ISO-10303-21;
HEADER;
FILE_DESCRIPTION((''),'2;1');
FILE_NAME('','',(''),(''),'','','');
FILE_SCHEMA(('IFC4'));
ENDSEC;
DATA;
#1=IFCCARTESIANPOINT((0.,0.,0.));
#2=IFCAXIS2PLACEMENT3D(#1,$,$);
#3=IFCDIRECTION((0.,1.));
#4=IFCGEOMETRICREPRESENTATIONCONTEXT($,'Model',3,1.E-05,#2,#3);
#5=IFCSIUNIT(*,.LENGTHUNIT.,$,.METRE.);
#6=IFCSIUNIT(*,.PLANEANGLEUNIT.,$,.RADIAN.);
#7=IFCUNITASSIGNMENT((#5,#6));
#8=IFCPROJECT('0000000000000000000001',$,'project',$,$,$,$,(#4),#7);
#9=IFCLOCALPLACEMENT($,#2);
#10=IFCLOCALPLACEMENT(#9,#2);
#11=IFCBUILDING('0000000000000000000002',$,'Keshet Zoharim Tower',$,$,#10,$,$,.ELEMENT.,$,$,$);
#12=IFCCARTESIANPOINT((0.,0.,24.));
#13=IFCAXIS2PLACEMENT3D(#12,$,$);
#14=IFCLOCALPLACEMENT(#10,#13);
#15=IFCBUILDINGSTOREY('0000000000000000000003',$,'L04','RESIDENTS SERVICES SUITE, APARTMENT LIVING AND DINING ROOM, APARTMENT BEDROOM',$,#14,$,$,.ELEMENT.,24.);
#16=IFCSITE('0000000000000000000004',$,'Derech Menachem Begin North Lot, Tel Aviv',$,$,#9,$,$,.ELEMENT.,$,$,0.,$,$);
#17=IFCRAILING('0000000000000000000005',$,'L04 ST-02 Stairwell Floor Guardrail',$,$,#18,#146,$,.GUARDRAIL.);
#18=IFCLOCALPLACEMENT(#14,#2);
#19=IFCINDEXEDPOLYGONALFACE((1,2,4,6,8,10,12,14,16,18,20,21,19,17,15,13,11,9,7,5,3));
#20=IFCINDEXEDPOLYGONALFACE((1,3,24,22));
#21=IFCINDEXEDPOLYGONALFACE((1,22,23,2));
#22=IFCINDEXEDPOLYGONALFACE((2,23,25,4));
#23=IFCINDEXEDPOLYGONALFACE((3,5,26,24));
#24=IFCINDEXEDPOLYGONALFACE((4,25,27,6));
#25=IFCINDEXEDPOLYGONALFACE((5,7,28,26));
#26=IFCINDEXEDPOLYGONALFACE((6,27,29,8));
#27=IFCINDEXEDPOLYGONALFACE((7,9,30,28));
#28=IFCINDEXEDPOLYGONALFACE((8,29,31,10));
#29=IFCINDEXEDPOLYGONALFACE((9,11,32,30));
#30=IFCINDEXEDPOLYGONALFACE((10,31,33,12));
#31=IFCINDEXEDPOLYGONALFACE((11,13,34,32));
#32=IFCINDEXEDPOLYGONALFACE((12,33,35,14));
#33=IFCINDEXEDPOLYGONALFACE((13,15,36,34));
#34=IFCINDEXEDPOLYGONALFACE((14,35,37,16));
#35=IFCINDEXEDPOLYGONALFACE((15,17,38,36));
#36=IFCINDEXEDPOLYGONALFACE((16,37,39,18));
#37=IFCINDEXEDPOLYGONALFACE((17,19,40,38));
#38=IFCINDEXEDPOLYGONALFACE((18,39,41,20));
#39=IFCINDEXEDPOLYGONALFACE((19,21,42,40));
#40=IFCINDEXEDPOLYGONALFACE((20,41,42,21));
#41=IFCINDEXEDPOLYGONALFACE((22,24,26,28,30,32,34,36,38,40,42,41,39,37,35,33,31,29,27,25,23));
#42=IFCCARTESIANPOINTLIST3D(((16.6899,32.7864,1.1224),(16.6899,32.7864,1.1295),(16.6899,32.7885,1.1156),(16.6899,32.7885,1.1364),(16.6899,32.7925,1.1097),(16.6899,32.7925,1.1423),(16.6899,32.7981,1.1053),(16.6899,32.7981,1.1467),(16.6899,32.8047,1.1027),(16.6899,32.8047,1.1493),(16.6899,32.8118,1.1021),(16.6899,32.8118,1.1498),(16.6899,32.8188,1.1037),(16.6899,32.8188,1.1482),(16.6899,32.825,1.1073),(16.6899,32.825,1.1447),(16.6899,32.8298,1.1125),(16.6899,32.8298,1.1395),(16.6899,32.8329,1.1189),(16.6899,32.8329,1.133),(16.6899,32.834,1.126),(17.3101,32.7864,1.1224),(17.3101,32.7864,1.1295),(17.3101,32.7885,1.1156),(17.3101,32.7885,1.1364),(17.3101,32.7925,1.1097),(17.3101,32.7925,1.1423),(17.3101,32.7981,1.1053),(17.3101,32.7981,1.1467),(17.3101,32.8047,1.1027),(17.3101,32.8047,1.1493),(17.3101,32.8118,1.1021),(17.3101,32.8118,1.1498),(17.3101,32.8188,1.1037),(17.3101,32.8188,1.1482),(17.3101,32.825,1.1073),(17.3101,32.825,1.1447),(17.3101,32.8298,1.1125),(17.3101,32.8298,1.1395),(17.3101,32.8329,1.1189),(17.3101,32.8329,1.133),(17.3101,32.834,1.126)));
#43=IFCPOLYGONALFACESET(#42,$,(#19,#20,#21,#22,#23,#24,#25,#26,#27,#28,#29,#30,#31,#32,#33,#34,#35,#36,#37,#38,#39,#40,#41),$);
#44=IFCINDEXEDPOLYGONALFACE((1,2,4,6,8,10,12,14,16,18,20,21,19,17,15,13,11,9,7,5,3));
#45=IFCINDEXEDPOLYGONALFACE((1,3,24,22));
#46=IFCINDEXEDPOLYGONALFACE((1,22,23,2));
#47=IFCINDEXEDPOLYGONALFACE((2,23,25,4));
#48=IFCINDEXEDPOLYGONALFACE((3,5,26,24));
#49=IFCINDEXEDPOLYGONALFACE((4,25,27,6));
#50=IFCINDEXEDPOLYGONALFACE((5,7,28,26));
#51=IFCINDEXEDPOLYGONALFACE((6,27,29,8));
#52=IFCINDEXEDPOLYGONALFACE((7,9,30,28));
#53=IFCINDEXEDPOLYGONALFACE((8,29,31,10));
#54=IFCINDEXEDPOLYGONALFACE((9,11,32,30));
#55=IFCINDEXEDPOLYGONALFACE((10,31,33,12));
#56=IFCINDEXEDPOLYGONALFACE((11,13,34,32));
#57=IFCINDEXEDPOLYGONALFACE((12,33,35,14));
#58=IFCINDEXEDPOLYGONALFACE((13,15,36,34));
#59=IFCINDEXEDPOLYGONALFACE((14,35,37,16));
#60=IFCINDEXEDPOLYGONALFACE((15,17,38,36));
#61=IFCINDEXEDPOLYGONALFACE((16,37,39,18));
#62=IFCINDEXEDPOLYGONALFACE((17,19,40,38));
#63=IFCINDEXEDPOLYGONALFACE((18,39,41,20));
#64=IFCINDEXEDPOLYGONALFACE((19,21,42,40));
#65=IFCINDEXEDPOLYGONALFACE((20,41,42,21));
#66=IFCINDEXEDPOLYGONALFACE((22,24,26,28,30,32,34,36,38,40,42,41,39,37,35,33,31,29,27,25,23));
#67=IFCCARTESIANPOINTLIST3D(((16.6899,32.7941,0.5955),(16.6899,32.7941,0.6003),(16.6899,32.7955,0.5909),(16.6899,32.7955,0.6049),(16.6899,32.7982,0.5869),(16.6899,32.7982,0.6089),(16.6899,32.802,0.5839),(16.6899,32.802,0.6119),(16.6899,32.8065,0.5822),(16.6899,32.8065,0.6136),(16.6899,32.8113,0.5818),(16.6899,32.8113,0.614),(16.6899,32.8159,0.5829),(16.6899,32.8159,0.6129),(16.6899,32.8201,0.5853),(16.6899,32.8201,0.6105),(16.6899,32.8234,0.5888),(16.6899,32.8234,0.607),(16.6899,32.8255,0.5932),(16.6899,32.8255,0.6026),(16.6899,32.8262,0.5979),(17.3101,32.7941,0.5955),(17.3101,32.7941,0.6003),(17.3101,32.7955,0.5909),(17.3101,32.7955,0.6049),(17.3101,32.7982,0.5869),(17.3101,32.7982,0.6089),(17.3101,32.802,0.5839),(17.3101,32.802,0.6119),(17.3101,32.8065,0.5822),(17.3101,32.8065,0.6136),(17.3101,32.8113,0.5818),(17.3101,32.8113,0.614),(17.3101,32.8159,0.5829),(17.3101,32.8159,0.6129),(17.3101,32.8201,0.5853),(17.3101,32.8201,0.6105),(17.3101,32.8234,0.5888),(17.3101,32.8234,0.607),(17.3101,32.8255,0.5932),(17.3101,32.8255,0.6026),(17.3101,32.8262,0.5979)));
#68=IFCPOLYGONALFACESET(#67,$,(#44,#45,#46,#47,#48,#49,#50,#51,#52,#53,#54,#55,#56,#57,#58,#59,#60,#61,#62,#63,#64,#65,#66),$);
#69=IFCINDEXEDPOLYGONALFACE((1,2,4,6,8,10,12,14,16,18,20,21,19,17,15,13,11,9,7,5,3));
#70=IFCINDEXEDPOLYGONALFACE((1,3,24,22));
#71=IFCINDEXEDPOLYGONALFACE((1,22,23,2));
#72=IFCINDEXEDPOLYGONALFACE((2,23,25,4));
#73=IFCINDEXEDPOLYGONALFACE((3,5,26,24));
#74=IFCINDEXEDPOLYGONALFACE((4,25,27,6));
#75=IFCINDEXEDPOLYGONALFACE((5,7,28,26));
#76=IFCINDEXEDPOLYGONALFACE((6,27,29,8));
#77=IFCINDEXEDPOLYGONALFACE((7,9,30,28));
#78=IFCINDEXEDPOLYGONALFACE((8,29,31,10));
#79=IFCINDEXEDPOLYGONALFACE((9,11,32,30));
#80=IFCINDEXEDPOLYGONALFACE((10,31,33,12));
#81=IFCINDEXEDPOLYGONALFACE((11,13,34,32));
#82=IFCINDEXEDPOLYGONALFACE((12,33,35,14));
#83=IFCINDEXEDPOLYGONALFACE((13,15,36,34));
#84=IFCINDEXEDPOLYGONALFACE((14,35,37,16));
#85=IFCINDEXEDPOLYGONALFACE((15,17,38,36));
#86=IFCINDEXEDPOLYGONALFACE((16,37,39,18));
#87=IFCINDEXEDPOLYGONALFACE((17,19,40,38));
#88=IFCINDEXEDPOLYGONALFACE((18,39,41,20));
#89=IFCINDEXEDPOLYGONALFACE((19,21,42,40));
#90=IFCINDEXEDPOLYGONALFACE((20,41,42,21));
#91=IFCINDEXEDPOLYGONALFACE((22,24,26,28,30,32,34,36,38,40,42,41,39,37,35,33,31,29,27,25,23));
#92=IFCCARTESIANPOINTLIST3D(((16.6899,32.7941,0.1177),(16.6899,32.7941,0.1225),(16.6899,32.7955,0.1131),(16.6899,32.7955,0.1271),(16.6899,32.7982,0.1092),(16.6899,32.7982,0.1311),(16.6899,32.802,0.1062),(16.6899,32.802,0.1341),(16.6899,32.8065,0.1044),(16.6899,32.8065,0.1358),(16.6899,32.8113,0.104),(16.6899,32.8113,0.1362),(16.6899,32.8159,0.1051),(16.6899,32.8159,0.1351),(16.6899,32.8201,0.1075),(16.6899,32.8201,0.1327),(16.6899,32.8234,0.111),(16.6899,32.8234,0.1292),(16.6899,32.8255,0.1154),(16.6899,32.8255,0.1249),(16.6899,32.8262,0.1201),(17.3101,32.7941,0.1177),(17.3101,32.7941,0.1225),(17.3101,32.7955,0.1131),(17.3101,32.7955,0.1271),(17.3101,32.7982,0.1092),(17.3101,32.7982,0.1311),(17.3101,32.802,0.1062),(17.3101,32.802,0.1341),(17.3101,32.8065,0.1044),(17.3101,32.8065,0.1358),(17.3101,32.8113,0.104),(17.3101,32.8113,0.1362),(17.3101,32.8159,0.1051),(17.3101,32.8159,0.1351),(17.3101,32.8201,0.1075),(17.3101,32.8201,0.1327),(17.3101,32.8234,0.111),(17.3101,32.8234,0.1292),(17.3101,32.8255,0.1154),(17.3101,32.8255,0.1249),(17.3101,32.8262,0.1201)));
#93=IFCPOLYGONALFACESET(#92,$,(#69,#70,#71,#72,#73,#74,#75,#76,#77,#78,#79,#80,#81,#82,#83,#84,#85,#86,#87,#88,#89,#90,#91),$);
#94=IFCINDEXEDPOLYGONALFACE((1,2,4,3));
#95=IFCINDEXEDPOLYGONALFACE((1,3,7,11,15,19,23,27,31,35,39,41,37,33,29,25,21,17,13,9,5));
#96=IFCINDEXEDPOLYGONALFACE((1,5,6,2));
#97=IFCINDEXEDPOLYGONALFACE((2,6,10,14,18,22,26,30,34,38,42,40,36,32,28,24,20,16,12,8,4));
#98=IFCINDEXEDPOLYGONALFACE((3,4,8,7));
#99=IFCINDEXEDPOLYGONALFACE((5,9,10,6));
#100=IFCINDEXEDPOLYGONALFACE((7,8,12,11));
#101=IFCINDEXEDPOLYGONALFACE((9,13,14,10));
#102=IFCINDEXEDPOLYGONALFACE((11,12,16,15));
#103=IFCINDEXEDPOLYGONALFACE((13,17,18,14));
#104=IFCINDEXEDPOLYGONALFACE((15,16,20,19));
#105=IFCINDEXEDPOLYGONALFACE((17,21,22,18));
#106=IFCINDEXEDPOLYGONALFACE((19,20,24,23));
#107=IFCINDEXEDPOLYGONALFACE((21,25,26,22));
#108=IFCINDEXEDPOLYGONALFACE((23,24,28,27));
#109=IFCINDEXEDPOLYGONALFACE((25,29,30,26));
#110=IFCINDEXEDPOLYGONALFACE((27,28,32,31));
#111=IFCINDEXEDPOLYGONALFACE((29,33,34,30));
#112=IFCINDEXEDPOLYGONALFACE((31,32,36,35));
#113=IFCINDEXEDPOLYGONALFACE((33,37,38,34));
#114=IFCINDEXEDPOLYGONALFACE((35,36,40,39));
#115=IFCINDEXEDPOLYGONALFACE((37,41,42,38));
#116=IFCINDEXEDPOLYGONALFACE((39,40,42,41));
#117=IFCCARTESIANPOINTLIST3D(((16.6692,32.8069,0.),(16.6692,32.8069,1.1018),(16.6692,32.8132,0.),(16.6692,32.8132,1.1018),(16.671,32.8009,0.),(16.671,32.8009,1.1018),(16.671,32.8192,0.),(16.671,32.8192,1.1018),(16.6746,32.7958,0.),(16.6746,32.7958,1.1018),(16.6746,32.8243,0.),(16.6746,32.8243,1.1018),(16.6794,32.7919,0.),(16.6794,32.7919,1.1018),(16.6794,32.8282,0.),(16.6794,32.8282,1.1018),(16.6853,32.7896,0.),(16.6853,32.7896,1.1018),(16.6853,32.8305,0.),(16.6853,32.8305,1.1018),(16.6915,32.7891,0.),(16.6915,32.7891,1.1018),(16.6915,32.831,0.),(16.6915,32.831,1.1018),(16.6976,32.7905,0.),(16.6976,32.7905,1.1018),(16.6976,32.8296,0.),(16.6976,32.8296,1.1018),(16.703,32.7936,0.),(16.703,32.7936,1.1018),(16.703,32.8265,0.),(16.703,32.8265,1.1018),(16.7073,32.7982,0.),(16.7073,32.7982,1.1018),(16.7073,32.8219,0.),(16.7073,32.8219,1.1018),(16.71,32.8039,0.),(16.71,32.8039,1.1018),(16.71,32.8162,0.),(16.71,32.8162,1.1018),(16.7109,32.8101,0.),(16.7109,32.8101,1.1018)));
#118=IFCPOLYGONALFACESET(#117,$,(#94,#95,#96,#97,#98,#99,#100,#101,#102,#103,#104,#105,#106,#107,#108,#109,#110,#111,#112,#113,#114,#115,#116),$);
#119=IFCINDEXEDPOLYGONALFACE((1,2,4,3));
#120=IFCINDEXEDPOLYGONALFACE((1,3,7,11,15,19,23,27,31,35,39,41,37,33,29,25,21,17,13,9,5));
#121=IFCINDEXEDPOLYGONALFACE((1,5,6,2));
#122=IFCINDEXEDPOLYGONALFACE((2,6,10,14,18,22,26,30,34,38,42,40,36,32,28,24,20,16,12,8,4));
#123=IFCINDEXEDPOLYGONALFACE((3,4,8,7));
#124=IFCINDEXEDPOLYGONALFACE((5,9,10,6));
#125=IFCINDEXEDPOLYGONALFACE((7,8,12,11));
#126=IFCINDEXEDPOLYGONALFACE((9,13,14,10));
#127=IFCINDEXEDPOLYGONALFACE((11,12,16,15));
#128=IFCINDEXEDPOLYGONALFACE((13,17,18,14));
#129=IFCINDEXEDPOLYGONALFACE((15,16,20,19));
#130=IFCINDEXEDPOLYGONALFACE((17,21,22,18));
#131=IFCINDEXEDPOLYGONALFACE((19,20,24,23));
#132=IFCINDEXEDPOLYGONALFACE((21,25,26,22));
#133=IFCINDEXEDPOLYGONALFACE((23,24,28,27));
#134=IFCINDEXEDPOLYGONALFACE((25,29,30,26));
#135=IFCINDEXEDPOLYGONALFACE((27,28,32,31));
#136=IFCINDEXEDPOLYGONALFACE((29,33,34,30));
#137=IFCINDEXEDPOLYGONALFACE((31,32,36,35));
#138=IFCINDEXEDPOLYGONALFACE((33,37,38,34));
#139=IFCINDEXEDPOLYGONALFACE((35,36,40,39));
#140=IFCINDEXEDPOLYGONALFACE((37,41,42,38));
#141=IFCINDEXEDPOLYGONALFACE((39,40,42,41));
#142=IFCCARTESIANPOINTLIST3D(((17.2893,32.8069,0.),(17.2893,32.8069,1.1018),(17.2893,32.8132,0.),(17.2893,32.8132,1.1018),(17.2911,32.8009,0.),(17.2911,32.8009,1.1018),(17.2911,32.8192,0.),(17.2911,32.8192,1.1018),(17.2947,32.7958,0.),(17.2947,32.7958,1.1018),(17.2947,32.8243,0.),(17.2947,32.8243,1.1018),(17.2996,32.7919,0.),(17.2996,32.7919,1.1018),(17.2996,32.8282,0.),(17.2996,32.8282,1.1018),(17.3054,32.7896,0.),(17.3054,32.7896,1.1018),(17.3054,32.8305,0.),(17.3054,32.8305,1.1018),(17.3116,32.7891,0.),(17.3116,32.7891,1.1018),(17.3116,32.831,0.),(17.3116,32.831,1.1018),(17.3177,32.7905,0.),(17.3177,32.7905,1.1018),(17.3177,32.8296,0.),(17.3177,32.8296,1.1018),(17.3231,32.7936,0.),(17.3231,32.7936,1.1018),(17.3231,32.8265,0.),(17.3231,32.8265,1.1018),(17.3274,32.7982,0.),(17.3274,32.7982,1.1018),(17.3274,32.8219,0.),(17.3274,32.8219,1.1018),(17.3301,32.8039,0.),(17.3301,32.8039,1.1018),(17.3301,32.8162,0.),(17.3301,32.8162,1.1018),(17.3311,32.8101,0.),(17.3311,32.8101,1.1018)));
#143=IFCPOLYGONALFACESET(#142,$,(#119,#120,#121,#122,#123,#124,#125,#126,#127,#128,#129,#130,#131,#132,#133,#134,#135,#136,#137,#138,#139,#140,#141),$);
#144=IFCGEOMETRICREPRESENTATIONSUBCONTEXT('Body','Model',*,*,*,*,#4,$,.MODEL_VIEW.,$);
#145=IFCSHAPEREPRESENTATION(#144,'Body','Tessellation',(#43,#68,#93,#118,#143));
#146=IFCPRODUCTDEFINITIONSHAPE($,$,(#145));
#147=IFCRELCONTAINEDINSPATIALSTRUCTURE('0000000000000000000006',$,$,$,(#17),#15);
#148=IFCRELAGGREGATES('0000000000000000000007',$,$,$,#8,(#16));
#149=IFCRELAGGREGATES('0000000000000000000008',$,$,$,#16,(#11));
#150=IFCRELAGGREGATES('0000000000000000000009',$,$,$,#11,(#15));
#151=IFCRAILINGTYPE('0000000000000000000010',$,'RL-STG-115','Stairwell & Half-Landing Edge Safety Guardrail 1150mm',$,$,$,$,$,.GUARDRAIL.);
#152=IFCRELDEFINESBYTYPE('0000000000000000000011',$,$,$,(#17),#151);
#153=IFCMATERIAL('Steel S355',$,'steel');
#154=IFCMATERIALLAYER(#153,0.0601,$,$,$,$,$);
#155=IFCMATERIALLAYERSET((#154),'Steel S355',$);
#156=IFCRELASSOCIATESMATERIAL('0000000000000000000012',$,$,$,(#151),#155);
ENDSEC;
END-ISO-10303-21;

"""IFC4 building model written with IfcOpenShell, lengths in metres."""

from ifc_helpers import new_model, si_unit, direction, frame, origin, origin_2d, place, context, subcontext, project, spatial, circle, extrude, material, layer, layer_set, type_object, element, save


model = new_model("IFC4")

# Units and contexts
model_context = context("Model", 3, precision=1e-05, world=origin(), true_north=direction((0.0, 1.0)))
body_context = subcontext(model_context, "Body", "Model", "MODEL_VIEW")
ifc_project = project(units=[si_unit("LENGTHUNIT", "METRE"), si_unit("PLANEANGLEUNIT", "RADIAN")], contexts=[model_context])

# Site, building, storey
site_placement = place(None, origin())
site = spatial("IfcSite", under=ifc_project, at=site_placement, Name="Derech Menachem Begin North Lot, Tel Aviv", CompositionType="ELEMENT", RefElevation=0.0)
building_placement = place(site_placement, origin())
building = spatial("IfcBuilding", under=site, at=building_placement, Name="Keshet Zoharim Tower", CompositionType="ELEMENT")
storey_placement = place(building_placement, frame((0.0, 0.0, 24.0)))
storey = spatial("IfcBuildingStorey", under=building, at=storey_placement, Name="L04", Description="RESIDENTS SERVICES SUITE, APARTMENT LIVING AND DINING ROOM, APARTMENT BEDROOM", CompositionType="ELEMENT", Elevation=24.0)

# Shared definitions
ifc_material_1 = material(Name="Steel S355", Category="steel")

# Railing
ifc_layer_1 = layer(ifc_material_1, 0.0601)
ifc_layer_set_1 = layer_set([ifc_layer_1], Name="Steel S355")
railing_type_1 = type_object("IfcRailingType", Name="RL-STG-115", Description="Stairwell & Half-Landing Edge Safety Guardrail 1150mm", PredefinedType="GUARDRAIL", material=ifc_layer_set_1)
railing_1_placement = place(storey_placement, frame((16.6899, 32.8101, 0.0)))
element("IfcRailing", 1, at=railing_1_placement, inside=storey, type_object=railing_type_1, Name="L04 ST-02 Stairwell Floor Guardrail", PredefinedType="GUARDRAIL", context=body_context, shape_type="SweptSolid", body=[
    extrude(circle(Radius=0.0239, at=origin_2d()), frame((0.0, 0.0, 1.126), z_axis=(1.0, 0.0, 0.0), x_axis=(0.0, 1.0, 0.0)), (0.0, 0.0, 1.0), 0.6201),
    extrude(circle(Radius=0.0161, at=origin_2d()), frame((0.0, 0.0, 0.5979), z_axis=(1.0, 0.0, 0.0), x_axis=(0.0, 1.0, 0.0)), (0.0, 0.0, 1.0), 0.6201),
    extrude(circle(Radius=0.0161, at=origin_2d()), frame((0.0, 0.0, 0.1201), z_axis=(1.0, 0.0, 0.0), x_axis=(0.0, 1.0, 0.0)), (0.0, 0.0, 1.0), 0.6201),
    extrude(circle(Radius=0.021, at=origin_2d()), origin(), (0.0, 0.0, 1.0), 1.1018),
    extrude(circle(Radius=0.021, at=origin_2d()), frame((0.6201, 0.0, 0.0)), (0.0, 0.0, 1.0), 1.1018),
])

save(model, "model.ifc")
